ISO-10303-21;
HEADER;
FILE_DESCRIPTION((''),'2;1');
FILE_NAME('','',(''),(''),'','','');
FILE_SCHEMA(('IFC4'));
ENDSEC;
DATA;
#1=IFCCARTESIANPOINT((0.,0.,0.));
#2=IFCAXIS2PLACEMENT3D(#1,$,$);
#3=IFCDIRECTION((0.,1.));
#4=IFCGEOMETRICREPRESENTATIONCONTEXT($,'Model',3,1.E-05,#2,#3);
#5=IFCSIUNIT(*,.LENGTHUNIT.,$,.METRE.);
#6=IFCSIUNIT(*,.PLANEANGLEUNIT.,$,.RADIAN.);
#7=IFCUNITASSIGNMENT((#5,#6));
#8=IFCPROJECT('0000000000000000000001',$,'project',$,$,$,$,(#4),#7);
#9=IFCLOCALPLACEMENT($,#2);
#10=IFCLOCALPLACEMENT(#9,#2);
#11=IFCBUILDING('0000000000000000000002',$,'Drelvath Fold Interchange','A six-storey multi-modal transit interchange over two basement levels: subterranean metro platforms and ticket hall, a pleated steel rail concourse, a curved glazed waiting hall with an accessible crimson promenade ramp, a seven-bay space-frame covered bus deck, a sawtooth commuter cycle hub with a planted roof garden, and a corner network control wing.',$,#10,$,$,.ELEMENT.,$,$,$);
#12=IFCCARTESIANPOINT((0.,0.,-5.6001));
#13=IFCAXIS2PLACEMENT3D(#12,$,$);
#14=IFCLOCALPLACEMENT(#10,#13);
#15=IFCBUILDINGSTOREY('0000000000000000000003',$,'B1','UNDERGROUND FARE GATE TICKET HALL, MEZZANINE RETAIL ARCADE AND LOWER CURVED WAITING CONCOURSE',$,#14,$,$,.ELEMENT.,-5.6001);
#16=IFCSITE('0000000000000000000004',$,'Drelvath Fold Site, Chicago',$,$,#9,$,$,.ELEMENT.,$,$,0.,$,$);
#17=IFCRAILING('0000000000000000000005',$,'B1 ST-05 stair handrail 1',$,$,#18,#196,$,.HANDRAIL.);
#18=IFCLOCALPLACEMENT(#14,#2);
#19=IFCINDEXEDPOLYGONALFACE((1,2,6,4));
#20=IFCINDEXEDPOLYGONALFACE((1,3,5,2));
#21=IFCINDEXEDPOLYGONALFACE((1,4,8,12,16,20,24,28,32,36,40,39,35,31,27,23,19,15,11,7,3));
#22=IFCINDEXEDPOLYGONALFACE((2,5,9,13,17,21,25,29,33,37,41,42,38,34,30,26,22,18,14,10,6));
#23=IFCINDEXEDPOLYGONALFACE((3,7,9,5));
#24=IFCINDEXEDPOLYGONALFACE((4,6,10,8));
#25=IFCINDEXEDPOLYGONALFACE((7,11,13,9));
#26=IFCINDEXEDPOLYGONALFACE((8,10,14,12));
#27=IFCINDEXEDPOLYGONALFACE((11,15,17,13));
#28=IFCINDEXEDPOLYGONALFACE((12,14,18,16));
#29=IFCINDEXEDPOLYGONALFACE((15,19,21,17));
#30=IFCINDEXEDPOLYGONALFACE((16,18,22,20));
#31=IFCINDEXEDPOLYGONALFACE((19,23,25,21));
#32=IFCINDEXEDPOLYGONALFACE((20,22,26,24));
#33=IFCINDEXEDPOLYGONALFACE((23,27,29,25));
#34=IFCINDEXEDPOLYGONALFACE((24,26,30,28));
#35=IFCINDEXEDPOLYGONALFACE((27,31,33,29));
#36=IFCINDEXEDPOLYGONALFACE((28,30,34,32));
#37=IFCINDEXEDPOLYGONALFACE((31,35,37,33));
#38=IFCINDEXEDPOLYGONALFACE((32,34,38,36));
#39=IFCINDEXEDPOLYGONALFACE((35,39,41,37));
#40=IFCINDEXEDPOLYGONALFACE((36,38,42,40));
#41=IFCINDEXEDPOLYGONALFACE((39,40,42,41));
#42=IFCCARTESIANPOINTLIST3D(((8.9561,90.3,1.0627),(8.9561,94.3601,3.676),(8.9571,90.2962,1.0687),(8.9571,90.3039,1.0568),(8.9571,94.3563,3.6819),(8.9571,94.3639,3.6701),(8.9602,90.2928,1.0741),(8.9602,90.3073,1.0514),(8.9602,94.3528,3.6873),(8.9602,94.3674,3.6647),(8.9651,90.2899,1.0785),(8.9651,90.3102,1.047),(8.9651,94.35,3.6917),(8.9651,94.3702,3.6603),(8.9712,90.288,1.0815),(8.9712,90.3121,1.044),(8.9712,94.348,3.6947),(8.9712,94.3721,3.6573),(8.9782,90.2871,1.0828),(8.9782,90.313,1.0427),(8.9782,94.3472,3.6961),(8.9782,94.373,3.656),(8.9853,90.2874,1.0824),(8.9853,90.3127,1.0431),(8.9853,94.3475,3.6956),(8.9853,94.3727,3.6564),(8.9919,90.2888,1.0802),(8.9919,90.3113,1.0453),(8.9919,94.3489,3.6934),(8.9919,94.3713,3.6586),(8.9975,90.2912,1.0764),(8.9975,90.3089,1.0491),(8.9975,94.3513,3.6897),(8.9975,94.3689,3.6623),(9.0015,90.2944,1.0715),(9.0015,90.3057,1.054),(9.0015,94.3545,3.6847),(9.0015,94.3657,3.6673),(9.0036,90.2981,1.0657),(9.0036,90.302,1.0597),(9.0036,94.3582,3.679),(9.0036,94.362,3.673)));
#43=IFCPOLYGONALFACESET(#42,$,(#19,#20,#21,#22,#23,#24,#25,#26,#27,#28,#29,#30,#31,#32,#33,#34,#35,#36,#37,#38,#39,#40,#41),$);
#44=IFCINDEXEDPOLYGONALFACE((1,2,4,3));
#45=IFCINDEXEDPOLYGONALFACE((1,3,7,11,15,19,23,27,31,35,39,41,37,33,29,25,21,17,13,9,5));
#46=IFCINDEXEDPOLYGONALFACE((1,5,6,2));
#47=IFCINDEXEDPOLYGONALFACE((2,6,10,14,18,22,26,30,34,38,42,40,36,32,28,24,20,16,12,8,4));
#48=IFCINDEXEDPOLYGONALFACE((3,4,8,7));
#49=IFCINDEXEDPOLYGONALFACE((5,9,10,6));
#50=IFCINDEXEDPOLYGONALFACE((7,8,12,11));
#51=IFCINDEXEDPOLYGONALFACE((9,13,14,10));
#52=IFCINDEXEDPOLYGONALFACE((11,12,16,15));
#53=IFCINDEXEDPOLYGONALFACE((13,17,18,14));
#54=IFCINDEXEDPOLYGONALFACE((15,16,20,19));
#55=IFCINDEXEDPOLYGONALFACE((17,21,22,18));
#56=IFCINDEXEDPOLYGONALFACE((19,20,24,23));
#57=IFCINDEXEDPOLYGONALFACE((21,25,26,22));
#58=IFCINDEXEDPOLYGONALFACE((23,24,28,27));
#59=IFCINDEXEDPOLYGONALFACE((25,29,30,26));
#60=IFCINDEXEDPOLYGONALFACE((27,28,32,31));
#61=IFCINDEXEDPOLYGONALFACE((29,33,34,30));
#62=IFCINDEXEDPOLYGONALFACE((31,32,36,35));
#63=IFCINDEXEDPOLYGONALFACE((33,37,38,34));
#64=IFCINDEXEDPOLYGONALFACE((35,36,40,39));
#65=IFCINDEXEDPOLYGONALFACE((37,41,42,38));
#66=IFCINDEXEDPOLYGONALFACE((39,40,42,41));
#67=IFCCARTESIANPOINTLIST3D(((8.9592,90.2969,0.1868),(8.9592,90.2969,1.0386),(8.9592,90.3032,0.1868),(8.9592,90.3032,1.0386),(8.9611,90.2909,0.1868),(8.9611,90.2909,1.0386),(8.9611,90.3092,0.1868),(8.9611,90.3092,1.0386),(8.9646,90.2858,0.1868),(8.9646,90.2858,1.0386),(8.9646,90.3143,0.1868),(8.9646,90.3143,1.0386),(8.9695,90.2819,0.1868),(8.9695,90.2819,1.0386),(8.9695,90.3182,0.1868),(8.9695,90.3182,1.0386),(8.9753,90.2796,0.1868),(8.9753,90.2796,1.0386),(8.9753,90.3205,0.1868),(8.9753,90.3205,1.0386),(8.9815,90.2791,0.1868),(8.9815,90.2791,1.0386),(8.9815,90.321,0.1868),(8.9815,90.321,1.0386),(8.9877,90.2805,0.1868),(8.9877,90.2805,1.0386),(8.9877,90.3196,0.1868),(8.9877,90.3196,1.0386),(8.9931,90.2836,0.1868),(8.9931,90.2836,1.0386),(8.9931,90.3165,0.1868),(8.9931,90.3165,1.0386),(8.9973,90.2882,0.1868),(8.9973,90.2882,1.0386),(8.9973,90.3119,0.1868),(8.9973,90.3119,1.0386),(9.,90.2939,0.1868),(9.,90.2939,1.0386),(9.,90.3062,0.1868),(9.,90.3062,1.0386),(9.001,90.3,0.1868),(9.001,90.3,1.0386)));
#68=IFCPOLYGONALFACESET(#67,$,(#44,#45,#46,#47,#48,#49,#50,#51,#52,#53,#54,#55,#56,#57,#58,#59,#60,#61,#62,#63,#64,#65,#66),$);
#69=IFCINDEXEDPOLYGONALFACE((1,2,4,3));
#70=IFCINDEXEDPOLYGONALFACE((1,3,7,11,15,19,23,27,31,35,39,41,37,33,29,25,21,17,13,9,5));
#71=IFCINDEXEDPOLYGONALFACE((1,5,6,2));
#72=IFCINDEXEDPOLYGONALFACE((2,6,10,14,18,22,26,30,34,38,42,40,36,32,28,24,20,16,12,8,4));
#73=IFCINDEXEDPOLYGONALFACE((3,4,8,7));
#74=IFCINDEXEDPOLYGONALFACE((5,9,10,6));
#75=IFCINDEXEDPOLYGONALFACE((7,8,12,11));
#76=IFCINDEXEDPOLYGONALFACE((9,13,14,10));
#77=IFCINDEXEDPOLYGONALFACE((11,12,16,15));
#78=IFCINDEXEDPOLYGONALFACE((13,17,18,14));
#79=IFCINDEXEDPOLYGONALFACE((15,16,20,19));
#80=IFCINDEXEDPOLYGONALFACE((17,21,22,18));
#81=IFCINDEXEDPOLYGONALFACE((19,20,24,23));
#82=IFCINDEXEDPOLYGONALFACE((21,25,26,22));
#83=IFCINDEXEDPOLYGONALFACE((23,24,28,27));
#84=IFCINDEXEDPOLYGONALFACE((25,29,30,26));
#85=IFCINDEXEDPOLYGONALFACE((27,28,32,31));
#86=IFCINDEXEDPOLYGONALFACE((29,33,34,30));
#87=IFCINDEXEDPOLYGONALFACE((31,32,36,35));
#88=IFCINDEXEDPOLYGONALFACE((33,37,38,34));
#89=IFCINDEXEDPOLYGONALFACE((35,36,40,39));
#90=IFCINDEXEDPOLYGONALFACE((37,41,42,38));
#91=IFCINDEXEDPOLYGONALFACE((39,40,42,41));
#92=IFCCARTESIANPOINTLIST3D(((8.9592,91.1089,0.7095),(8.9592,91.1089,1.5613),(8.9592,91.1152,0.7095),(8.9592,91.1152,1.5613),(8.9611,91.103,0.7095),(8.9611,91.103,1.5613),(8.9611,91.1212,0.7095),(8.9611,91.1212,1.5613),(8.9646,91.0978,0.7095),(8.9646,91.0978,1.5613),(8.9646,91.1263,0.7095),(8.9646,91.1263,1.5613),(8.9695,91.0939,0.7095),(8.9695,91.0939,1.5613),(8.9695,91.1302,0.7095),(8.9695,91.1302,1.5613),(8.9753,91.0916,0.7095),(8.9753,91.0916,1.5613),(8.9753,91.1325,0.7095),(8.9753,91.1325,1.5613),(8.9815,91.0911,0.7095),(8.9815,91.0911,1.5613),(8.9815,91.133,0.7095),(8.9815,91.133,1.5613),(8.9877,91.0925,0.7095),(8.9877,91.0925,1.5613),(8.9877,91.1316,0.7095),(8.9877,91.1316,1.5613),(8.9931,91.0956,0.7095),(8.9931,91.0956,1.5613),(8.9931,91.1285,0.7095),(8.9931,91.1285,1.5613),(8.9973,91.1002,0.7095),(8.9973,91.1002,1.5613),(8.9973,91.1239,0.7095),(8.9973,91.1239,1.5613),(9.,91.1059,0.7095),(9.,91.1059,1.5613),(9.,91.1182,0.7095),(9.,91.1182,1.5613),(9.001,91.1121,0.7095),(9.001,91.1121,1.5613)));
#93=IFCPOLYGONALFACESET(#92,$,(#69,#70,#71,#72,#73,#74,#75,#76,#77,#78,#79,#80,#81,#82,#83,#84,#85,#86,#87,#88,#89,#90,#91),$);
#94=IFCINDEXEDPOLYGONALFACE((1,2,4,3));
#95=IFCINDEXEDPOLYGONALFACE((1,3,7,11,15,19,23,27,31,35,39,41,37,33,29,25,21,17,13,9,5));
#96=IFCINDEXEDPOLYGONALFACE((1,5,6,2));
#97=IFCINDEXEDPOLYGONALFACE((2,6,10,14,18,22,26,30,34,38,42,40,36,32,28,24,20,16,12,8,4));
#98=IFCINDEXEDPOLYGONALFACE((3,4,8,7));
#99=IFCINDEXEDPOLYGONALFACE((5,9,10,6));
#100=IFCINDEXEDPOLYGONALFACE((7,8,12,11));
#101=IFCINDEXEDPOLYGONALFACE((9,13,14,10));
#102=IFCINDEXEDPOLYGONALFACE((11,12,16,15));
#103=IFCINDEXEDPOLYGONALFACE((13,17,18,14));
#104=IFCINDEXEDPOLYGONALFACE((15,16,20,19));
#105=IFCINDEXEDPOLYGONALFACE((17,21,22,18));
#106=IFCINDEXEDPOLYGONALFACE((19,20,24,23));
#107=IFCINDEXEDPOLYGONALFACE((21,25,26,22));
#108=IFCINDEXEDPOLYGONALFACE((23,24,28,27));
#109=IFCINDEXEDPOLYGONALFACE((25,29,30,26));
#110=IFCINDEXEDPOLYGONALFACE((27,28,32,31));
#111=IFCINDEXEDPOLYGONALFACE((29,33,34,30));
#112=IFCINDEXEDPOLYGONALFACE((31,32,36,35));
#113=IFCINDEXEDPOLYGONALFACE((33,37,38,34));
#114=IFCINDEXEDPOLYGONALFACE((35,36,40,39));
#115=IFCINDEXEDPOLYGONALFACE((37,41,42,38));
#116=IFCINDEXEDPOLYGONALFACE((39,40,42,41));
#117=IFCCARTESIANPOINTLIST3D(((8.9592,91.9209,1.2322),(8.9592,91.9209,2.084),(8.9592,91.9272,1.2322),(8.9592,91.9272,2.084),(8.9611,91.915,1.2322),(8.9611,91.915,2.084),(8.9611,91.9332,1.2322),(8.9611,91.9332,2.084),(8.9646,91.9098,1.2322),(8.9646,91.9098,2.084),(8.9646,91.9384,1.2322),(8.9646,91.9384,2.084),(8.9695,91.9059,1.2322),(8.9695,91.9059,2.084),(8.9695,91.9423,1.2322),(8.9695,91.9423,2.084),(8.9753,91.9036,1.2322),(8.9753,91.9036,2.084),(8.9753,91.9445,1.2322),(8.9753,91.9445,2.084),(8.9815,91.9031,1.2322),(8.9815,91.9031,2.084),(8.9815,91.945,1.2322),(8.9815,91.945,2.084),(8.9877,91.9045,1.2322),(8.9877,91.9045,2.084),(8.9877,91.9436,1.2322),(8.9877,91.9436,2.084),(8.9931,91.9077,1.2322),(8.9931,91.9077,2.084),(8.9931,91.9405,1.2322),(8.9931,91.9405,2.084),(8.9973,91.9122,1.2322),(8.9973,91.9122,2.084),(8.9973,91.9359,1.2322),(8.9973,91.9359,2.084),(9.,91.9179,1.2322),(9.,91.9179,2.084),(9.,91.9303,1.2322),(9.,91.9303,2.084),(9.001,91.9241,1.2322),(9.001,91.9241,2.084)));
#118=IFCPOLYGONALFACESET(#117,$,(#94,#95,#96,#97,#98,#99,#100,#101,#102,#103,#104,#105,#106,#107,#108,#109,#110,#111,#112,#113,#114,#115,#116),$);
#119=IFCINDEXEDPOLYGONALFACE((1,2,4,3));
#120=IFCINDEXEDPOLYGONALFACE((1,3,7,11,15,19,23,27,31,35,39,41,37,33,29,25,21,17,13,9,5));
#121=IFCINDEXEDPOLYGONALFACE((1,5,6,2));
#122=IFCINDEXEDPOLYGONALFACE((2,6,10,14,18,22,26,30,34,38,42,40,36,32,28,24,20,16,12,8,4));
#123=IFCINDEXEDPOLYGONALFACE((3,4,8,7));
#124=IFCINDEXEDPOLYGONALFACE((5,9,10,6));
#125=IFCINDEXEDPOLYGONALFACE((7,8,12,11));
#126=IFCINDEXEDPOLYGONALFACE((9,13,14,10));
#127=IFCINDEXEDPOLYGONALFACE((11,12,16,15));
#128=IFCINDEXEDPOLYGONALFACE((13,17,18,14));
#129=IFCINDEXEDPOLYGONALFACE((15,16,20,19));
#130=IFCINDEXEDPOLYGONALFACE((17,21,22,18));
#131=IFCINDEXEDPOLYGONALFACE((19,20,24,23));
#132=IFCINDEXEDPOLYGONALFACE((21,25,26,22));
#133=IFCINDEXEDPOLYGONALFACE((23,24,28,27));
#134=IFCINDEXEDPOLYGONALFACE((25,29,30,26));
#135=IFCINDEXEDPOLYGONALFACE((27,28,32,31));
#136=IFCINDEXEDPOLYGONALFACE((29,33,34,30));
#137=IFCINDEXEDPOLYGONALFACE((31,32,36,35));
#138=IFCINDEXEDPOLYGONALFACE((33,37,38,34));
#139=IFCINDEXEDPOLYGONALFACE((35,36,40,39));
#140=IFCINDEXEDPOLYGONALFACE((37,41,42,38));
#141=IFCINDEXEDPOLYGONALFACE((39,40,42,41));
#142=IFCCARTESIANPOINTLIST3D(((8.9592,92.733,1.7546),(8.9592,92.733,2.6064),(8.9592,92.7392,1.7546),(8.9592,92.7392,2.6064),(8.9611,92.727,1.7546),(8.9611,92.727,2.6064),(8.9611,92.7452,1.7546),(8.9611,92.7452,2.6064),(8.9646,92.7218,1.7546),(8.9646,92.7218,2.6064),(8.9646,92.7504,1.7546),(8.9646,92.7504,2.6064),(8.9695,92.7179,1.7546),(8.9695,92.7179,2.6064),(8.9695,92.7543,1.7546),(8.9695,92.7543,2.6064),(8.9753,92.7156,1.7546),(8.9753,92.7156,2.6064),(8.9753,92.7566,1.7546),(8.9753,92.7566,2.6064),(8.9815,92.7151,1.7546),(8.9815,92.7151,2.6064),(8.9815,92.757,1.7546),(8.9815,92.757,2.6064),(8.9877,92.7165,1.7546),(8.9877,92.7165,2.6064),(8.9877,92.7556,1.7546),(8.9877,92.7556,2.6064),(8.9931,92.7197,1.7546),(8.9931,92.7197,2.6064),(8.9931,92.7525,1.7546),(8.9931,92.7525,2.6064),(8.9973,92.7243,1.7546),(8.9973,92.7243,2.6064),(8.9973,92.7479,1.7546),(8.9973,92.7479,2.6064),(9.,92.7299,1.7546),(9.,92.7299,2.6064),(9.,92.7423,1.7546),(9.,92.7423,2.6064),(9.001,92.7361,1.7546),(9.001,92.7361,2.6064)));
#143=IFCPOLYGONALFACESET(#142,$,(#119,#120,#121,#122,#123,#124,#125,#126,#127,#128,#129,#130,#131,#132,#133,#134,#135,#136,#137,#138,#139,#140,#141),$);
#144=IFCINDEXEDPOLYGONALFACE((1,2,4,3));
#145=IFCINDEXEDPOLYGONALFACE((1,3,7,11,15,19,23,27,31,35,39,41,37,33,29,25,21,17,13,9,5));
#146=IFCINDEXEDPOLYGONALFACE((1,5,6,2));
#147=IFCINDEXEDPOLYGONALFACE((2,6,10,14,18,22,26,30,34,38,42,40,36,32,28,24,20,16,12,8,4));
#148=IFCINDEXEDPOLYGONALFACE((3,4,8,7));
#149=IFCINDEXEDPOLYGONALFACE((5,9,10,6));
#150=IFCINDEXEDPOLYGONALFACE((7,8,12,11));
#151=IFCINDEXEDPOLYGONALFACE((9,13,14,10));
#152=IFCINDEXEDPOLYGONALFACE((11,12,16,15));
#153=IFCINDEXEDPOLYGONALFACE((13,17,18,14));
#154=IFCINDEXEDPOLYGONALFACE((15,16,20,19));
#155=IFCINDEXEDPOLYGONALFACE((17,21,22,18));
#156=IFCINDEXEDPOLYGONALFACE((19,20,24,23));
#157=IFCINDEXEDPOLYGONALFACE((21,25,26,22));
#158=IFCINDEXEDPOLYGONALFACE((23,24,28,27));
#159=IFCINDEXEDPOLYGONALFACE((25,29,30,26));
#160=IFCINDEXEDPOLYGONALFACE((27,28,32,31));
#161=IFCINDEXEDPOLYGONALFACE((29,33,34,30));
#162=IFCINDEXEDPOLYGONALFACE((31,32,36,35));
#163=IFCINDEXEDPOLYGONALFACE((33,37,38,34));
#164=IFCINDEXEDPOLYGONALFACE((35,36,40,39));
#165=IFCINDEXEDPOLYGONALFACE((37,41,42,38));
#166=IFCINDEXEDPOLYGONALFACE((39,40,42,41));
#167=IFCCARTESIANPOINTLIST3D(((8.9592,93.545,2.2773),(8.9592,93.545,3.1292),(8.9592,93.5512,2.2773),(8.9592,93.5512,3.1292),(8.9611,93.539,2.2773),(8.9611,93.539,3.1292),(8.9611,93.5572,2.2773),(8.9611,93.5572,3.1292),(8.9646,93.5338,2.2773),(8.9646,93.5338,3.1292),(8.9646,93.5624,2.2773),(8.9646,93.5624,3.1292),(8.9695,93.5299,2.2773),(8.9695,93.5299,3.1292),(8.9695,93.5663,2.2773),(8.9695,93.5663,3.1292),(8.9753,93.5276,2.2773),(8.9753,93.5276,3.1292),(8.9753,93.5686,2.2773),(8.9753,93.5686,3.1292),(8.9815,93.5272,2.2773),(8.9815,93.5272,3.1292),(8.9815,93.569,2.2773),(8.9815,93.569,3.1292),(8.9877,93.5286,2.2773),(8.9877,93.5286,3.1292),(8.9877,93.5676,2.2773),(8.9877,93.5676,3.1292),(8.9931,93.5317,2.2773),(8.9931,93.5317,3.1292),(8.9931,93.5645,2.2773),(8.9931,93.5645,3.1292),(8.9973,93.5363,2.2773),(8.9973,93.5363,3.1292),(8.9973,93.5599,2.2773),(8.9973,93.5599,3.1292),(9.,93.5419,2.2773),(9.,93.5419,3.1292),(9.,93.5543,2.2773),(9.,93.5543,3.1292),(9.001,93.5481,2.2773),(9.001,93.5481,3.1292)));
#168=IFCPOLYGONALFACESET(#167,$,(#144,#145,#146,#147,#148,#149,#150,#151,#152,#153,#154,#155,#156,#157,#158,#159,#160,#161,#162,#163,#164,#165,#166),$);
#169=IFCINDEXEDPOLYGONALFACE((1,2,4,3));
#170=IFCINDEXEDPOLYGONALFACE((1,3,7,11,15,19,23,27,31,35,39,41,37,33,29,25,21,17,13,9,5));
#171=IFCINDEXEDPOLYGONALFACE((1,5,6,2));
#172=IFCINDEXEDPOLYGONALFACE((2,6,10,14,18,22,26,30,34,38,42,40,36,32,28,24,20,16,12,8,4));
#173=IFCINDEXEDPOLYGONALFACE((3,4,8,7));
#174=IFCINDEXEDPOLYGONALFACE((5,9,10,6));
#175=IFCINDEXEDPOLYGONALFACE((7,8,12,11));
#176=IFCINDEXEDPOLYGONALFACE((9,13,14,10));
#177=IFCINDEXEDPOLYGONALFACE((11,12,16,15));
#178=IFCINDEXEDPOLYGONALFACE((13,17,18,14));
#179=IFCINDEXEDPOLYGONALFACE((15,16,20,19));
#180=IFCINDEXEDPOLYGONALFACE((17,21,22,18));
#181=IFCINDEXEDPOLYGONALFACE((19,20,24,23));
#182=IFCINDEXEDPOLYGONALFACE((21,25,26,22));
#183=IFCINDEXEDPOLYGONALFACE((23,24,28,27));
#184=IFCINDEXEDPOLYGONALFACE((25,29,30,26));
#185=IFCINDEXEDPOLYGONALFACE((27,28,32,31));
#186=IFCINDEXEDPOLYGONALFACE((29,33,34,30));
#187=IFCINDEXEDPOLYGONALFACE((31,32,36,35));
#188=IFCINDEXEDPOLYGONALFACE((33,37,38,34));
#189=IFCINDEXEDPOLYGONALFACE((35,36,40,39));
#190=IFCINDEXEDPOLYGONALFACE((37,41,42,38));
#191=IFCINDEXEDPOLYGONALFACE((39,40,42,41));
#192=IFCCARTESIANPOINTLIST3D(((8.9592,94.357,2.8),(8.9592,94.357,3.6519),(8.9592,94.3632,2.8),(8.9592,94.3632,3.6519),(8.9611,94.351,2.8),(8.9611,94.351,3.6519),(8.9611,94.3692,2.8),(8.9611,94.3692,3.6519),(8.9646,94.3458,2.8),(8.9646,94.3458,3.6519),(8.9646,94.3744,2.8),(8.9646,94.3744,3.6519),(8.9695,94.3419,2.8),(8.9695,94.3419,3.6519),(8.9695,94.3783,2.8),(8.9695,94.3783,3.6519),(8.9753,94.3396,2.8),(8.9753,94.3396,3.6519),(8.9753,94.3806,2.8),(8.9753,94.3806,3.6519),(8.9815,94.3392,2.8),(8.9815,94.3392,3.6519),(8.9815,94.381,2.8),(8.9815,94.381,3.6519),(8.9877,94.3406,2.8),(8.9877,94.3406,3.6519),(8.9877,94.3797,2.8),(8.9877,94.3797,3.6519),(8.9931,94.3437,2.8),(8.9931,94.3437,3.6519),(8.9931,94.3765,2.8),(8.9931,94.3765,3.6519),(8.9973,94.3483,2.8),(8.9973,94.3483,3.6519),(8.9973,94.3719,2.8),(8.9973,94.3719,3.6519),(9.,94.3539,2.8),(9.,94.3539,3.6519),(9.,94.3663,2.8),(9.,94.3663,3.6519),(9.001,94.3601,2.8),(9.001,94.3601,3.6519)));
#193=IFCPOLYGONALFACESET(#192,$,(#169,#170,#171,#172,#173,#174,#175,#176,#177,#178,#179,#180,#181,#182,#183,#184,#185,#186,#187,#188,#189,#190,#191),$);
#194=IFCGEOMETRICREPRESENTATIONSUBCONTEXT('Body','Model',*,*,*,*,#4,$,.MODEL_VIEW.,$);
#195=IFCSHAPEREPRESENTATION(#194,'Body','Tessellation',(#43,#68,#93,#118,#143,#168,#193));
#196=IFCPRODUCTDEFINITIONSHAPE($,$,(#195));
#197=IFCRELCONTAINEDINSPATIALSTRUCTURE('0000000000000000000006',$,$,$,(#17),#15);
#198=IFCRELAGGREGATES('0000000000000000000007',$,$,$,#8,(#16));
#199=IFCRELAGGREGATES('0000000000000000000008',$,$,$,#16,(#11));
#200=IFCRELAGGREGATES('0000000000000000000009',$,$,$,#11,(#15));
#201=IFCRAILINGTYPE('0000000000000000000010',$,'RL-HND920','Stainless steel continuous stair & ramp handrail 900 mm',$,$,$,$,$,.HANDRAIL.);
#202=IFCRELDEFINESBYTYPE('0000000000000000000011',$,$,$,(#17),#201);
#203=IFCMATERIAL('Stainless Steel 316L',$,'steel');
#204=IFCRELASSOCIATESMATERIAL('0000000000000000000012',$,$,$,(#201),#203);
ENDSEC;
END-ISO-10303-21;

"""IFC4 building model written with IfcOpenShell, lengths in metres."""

from ifc_helpers import new_model, si_unit, direction, frame, origin, origin_2d, place, context, subcontext, project, spatial, circle, extrude, material, type_object, element, save


model = new_model("IFC4")

# Units and contexts
model_context = context("Model", 3, precision=1e-05, world=origin(), true_north=direction((0.0, 1.0)))
body_context = subcontext(model_context, "Body", "Model", "MODEL_VIEW")
ifc_project = project(units=[si_unit("LENGTHUNIT", "METRE"), si_unit("PLANEANGLEUNIT", "RADIAN")], contexts=[model_context])

# Site, building, storey
site_placement = place(None, origin())
site = spatial("IfcSite", under=ifc_project, at=site_placement, Name="Drelvath Fold Site, Chicago", CompositionType="ELEMENT", RefElevation=0.0)
building_placement = place(site_placement, origin())
building = spatial("IfcBuilding", under=site, at=building_placement, Name="Drelvath Fold Interchange", Description="A six-storey multi-modal transit interchange over two basement levels: subterranean metro platforms and ticket hall, a pleated steel rail concourse, a curved glazed waiting hall with an accessible crimson promenade ramp, a seven-bay space-frame covered bus deck, a sawtooth commuter cycle hub with a planted roof garden, and a corner network control wing.", CompositionType="ELEMENT")
storey_placement = place(building_placement, frame((0.0, 0.0, -5.6001)))
storey = spatial("IfcBuildingStorey", under=building, at=storey_placement, Name="B1", Description="UNDERGROUND FARE GATE TICKET HALL, MEZZANINE RETAIL ARCADE AND LOWER CURVED WAITING CONCOURSE", CompositionType="ELEMENT", Elevation=-5.6001)

# Railing
ifc_material_1 = material(Name="Stainless Steel 316L", Category="steel")
railing_type_1 = type_object("IfcRailingType", Name="RL-HND920", Description="Stainless steel continuous stair & ramp handrail 900 mm", PredefinedType="HANDRAIL", material=ifc_material_1)
railing_1_placement = place(storey_placement, frame((8.98, 90.3, 0.1868)))
element("IfcRailing", 1, at=railing_1_placement, inside=storey, type_object=railing_type_1, Name="B1 ST-05 stair handrail 1", PredefinedType="HANDRAIL", context=body_context, shape_type="SweptSolid", body=[
    extrude(circle(Radius=0.0239, at=origin_2d()), frame((0.0, 0.0, 0.876), z_axis=(0.0, 0.840873, 0.541233), x_axis=(-1.0, 0.0, 0.0)), (0.0, 0.0, 1.0), 4.8284),
    extrude(circle(Radius=0.021, at=origin_2d()), origin(), (0.0, 0.0, 1.0), 0.8518),
    extrude(circle(Radius=0.021, at=origin_2d()), frame((0.0, 0.812, 0.5227)), (0.0, 0.0, 1.0), 0.8518),
    extrude(circle(Radius=0.021, at=origin_2d()), frame((0.0, 1.624, 1.0454)), (0.0, 0.0, 1.0), 0.8518),
    extrude(circle(Radius=0.021, at=origin_2d()), frame((0.0, 2.436, 1.5679)), (0.0, 0.0, 1.0), 0.8518),
    extrude(circle(Radius=0.021, at=origin_2d()), frame((0.0, 3.248, 2.0906)), (0.0, 0.0, 1.0), 0.8518),
    extrude(circle(Radius=0.021, at=origin_2d()), frame((0.0, 4.0601, 2.6133)), (0.0, 0.0, 1.0), 0.8518),
])

save(model, "model.ifc")
